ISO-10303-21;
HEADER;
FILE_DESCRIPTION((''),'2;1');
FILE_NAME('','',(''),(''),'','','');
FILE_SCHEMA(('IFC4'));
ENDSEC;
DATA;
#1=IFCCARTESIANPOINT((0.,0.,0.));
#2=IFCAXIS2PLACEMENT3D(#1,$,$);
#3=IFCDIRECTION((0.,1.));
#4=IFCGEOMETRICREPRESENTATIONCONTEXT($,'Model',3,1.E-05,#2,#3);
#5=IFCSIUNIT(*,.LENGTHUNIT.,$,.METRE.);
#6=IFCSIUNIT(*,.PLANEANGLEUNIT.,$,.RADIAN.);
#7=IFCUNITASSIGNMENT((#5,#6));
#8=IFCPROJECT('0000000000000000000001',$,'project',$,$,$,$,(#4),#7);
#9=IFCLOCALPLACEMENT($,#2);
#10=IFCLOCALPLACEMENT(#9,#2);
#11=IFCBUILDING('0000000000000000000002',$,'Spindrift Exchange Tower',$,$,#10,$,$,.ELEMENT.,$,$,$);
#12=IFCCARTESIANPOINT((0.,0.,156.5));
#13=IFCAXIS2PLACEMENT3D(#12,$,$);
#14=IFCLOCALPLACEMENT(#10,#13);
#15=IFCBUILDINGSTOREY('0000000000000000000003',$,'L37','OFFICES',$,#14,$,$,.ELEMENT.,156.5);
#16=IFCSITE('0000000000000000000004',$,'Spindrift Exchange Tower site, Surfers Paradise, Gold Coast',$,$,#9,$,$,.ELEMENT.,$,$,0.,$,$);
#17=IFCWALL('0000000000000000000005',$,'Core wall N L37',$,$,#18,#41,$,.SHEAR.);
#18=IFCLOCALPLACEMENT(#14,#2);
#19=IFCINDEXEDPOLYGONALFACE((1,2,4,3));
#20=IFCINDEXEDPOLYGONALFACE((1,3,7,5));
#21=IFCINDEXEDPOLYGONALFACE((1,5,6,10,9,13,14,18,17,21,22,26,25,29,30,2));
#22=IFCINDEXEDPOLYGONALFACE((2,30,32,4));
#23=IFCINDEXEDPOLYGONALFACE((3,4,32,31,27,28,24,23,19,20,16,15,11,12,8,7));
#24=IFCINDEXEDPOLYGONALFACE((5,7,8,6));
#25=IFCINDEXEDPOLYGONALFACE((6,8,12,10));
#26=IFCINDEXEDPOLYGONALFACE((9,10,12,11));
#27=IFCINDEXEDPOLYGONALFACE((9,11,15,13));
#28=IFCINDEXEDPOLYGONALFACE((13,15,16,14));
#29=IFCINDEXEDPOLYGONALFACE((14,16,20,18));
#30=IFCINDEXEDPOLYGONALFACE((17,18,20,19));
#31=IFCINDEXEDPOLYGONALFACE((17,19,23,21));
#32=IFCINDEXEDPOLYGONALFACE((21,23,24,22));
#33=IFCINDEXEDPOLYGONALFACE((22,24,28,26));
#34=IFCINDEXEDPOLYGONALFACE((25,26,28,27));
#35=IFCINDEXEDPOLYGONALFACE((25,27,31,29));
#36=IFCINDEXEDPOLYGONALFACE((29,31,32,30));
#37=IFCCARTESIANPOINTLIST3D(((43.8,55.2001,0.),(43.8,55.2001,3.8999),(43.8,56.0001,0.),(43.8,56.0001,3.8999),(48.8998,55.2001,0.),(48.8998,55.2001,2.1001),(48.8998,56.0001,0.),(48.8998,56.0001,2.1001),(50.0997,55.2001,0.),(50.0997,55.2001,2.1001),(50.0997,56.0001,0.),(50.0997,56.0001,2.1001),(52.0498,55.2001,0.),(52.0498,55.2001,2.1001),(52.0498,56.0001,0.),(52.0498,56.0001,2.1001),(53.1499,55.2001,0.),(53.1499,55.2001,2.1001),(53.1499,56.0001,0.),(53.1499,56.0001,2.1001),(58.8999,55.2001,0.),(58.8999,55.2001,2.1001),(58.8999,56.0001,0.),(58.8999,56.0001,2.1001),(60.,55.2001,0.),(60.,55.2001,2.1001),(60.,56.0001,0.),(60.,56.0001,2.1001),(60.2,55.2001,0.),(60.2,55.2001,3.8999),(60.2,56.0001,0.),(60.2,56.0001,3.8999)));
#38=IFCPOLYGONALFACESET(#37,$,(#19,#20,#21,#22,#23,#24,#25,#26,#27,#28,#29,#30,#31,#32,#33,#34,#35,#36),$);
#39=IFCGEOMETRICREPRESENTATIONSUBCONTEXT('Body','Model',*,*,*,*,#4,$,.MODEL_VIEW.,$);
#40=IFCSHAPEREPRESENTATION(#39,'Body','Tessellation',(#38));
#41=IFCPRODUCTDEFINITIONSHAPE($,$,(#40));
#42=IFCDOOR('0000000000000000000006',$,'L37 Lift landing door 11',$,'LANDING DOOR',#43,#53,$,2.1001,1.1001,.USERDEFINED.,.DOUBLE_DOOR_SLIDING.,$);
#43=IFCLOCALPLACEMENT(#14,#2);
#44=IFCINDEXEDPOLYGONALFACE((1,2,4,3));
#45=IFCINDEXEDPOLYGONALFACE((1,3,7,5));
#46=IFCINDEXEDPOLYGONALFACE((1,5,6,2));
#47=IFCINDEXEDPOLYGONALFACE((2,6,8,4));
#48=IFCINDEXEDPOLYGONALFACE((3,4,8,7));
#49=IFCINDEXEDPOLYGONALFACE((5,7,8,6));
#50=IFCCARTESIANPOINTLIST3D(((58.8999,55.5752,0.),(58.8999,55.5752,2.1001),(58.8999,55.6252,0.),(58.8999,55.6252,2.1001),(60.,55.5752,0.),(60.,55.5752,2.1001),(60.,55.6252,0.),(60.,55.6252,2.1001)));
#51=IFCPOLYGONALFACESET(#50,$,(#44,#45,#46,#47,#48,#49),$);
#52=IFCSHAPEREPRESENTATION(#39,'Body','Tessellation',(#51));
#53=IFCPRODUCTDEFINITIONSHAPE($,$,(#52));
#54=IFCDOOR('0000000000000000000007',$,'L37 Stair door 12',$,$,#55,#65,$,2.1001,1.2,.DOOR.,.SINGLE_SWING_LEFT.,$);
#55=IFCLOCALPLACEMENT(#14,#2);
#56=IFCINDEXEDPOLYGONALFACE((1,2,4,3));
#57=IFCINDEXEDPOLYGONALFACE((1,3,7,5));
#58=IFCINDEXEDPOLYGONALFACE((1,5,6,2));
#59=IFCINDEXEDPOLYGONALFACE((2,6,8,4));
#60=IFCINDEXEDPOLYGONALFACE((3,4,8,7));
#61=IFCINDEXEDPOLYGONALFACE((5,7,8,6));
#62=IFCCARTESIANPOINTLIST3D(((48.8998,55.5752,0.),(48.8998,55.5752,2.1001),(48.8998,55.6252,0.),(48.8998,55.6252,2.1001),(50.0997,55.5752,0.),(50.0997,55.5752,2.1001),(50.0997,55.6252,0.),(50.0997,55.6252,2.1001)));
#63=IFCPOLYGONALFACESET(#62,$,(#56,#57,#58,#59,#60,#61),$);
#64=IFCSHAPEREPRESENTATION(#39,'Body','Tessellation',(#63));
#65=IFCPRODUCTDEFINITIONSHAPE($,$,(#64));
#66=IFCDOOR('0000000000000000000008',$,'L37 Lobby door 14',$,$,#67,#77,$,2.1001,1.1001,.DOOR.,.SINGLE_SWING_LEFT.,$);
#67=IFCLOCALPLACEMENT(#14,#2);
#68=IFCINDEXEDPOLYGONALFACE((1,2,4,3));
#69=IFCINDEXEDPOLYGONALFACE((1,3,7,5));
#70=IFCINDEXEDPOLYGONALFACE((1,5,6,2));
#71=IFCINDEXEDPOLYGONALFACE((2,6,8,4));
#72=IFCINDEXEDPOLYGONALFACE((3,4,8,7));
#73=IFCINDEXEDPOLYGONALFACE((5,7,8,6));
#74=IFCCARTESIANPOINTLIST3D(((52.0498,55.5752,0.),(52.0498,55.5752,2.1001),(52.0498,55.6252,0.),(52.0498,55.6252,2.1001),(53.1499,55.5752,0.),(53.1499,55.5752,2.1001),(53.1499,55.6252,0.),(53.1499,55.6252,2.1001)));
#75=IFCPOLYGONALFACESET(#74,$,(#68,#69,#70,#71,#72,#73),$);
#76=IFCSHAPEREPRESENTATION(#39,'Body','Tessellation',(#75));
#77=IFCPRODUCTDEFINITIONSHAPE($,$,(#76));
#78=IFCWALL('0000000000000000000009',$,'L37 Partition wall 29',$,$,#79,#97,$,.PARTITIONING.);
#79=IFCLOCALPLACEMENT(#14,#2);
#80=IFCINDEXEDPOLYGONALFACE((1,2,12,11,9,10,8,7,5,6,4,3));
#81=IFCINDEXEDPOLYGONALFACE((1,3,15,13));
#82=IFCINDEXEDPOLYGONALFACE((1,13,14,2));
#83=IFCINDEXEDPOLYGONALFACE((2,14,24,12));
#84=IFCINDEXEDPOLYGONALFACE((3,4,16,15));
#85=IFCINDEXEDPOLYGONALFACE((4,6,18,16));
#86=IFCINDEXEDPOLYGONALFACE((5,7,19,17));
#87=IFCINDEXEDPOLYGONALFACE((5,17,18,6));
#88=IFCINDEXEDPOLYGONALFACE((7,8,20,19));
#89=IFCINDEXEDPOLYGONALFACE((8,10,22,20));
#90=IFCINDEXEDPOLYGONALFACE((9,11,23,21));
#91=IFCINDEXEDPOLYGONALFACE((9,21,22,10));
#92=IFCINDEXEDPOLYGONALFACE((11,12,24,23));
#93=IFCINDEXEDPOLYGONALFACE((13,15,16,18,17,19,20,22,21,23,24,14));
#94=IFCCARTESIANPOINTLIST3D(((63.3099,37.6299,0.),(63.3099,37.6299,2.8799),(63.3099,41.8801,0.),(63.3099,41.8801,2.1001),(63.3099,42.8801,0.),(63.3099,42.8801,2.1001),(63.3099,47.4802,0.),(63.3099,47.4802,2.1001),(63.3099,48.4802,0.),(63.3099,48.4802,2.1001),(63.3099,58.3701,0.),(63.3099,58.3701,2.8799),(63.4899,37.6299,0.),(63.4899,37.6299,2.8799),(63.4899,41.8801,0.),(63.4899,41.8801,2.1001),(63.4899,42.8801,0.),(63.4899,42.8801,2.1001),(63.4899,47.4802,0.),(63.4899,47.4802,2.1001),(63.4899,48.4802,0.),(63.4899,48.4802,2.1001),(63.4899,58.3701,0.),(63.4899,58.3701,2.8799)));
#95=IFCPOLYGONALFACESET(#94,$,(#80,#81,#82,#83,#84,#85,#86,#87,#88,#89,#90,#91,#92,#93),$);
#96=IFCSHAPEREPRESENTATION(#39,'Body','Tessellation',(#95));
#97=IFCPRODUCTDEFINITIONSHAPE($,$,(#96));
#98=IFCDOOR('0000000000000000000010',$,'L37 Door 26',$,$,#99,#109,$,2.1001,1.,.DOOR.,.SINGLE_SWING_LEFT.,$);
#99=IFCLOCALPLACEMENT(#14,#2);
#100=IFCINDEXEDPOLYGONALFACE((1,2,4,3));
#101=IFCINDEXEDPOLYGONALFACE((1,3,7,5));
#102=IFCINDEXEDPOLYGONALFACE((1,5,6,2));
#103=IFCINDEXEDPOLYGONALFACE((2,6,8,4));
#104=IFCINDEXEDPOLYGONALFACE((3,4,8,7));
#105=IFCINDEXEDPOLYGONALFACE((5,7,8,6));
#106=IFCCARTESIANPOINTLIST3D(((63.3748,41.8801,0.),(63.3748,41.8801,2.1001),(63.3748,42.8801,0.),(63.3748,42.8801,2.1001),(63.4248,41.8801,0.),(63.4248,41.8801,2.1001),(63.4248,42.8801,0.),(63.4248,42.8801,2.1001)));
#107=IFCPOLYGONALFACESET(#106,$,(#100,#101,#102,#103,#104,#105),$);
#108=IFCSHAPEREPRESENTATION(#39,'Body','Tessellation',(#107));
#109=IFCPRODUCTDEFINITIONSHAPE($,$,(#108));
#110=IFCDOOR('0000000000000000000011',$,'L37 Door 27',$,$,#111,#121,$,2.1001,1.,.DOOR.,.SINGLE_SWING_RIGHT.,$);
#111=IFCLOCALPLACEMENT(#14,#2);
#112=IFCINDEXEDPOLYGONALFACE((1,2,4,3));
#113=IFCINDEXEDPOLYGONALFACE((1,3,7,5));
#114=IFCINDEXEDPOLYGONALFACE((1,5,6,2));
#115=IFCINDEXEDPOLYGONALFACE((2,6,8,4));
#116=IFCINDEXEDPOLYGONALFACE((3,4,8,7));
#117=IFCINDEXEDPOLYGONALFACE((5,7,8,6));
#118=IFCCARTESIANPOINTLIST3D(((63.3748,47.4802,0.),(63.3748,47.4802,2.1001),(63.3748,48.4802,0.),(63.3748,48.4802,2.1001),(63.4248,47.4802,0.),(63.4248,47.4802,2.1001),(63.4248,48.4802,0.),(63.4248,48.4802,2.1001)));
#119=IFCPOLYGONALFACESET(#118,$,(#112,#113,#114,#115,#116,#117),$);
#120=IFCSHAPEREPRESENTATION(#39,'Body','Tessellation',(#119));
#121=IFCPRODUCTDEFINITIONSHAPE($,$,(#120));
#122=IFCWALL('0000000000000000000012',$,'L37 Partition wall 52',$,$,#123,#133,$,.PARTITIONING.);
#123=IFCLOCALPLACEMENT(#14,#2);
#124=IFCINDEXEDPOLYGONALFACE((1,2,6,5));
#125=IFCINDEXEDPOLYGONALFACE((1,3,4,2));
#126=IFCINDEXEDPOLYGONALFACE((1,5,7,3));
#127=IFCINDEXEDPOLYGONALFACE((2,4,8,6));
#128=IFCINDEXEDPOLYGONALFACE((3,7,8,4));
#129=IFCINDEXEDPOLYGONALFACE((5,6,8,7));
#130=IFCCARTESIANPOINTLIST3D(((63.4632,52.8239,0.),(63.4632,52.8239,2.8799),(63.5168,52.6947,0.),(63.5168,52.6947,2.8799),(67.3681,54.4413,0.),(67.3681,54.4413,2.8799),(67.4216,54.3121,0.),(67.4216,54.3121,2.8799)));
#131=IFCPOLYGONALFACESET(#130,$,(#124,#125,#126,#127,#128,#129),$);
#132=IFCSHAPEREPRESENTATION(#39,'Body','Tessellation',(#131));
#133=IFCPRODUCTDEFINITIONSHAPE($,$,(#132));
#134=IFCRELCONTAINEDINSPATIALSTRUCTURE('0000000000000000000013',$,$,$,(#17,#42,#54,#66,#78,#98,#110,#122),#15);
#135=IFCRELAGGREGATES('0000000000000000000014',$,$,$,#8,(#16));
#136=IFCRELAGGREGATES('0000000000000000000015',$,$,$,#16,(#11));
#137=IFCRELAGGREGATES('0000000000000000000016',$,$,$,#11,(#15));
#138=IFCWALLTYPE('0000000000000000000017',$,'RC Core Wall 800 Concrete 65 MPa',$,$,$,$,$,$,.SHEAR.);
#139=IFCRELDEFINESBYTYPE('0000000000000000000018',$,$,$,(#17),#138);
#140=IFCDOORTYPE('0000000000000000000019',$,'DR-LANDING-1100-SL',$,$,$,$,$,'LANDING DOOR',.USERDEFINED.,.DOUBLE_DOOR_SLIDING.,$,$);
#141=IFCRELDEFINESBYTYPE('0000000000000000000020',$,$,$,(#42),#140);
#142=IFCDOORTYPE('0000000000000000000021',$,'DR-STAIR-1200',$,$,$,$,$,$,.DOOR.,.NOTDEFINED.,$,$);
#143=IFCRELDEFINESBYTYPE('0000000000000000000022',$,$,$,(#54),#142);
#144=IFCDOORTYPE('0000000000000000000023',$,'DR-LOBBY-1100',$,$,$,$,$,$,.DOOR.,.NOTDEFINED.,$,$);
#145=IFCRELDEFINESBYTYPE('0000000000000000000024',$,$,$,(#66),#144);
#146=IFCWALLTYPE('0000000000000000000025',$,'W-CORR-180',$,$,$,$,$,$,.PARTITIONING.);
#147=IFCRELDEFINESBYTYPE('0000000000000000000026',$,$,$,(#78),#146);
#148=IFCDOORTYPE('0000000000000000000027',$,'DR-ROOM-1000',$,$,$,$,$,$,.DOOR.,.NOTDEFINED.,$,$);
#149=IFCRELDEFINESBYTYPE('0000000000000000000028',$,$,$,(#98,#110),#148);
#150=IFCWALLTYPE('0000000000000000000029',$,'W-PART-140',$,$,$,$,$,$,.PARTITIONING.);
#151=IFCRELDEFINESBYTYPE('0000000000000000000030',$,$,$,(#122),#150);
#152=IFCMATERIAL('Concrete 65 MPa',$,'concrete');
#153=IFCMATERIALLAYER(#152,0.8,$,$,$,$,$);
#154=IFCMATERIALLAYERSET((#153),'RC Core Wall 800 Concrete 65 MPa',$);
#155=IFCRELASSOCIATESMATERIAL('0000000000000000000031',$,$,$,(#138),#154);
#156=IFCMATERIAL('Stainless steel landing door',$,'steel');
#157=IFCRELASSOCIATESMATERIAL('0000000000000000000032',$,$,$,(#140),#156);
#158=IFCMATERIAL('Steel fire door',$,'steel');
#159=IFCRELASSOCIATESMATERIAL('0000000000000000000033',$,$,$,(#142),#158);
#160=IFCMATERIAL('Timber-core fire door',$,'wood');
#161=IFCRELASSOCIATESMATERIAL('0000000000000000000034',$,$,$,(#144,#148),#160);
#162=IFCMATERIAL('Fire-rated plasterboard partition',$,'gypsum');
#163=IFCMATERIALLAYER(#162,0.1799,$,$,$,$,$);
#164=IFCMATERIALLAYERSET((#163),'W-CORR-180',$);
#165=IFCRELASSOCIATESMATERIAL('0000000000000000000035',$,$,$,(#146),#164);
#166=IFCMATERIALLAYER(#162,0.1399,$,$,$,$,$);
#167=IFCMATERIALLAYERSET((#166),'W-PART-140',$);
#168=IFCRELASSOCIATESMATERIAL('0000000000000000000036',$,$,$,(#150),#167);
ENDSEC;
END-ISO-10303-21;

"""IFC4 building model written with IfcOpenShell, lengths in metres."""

from ifc_helpers import new_model, si_unit, direction, frame, frame_2d, origin, place, context, subcontext, project, spatial, rectangle, extrude, source, transform, mapped, material, layer, layer_set, type_object, element, fill, save


model = new_model("IFC4")

# Units and contexts
model_context = context("Model", 3, precision=1e-05, world=origin(), true_north=direction((0.0, 1.0)))
body_context = subcontext(model_context, "Body", "Model", "MODEL_VIEW")
ifc_project = project(units=[si_unit("LENGTHUNIT", "METRE"), si_unit("PLANEANGLEUNIT", "RADIAN")], contexts=[model_context])

# Site, building, storey
site_placement = place(None, origin())
site = spatial("IfcSite", under=ifc_project, at=site_placement, Name="Spindrift Exchange Tower site, Surfers Paradise, Gold Coast", CompositionType="ELEMENT", RefElevation=0.0)
building_placement = place(site_placement, origin())
building = spatial("IfcBuilding", under=site, at=building_placement, Name="Spindrift Exchange Tower", CompositionType="ELEMENT")
storey_placement = place(building_placement, frame((0.0, 0.0, 156.5)))
storey = spatial("IfcBuildingStorey", under=building, at=storey_placement, Name="L37", Description="OFFICES", CompositionType="ELEMENT", Elevation=156.5)

# Walls, openings, doors
ifc_material_1 = material(Name="Concrete 65 MPa", Category="concrete")
ifc_layer_1 = layer(ifc_material_1, 0.8)
ifc_layer_set_1 = layer_set([ifc_layer_1], Name="RC Core Wall 800 Concrete 65 MPa")
wall_type_1 = type_object("IfcWallType", Name="RC Core Wall 800 Concrete 65 MPa", PredefinedType="SHEAR", material=ifc_layer_set_1)
wall_1_placement = place(storey_placement, frame((60.2, 55.6001, 0.0), z_axis=(0.0, 0.0, 1.0), x_axis=(-1.0, 0.0, 0.0)))
wall_1 = element("IfcWall", 1, at=wall_1_placement, inside=storey, type_object=wall_type_1, Name="Core wall N L37", PredefinedType="SHEAR", context=body_context, shape_type="SweptSolid", body=[
    extrude(rectangle(XDim=16.3999, YDim=0.8, at=frame_2d((8.2, 0.0))), origin(), (0.0, 0.0, 1.0), 3.8999),
])
opening_1_placement = place(wall_1_placement, frame((0.2, 0.0, 0.0)))
opening_1 = element("IfcOpeningElement", 2, at=opening_1_placement, cuts=wall_1, PredefinedType="OPENING", context=body_context, shape_type="SweptSolid", body=[
    extrude(rectangle(XDim=1.1001, YDim=2.1001, at=frame_2d((0.55, 1.05))), frame((0.0, 0.4099, 0.0), z_axis=(0.0, -1.0, 0.0), x_axis=(1.0, 0.0, 0.0)), (0.0, 0.0, 1.0), 0.8201),
])
opening_2_placement = place(wall_1_placement, frame((10.1001, 0.0, 0.0)))
opening_2 = element("IfcOpeningElement", 3, at=opening_2_placement, cuts=wall_1, PredefinedType="OPENING", context=body_context, shape_type="SweptSolid", body=[
    extrude(rectangle(XDim=1.2, YDim=2.1001, at=frame_2d((0.6001, 1.05))), frame((0.0, 0.4099, 0.0), z_axis=(0.0, -1.0, 0.0), x_axis=(1.0, 0.0, 0.0)), (0.0, 0.0, 1.0), 0.8201),
])
opening_3_placement = place(wall_1_placement, frame((7.05, 0.0, 0.0)))
opening_3 = element("IfcOpeningElement", 4, at=opening_3_placement, cuts=wall_1, PredefinedType="OPENING", context=body_context, shape_type="SweptSolid", body=[
    extrude(rectangle(XDim=1.1001, YDim=2.1001, at=frame_2d((0.55, 1.05))), frame((0.0, 0.4099, 0.0), z_axis=(0.0, -1.0, 0.0), x_axis=(1.0, 0.0, 0.0)), (0.0, 0.0, 1.0), 0.8201),
])
ifc_material_2 = material(Name="Stainless steel landing door", Category="steel")
door_type_1 = type_object("IfcDoorType", Name="DR-LANDING-1100-SL", ElementType="LANDING DOOR", OperationType="DOUBLE_DOOR_SLIDING", PredefinedType="USERDEFINED", material=ifc_material_2)
shared_shape_1 = source(origin(), body_context, "Body", "SweptSolid", [
    extrude(rectangle(XDim=1.1001, YDim=2.1001, at=frame_2d((0.55, 1.05))), frame((0.0, 0.0249, 0.0), z_axis=(0.0, -1.0, 0.0), x_axis=(1.0, 0.0, 0.0)), (0.0, 0.0, 1.0), 0.05),
])
door_1_placement = place(opening_1_placement, origin())
door_1 = element("IfcDoor", 5, at=door_1_placement, inside=storey, type_object=door_type_1, Name="L37 Lift landing door 11", ObjectType="LANDING DOOR", OperationType="DOUBLE_DOOR_SLIDING", OverallHeight=2.1001, OverallWidth=1.1001, PredefinedType="USERDEFINED", context=body_context, shape_type="MappedRepresentation", body=[
    mapped(shared_shape_1, transform((0.0, 0.0, 0.0), scale=1.0)),
])
fill(opening_1, door_1)
ifc_material_3 = material(Name="Steel fire door", Category="steel")
door_type_2 = type_object("IfcDoorType", Name="DR-STAIR-1200", OperationType="NOTDEFINED", PredefinedType="DOOR", material=ifc_material_3)
shared_shape_2 = source(origin(), body_context, "Body", "SweptSolid", [
    extrude(rectangle(XDim=1.2, YDim=2.1001, at=frame_2d((0.6001, 1.05))), frame((0.0, 0.0249, 0.0), z_axis=(0.0, -1.0, 0.0), x_axis=(1.0, 0.0, 0.0)), (0.0, 0.0, 1.0), 0.05),
])
door_2_placement = place(opening_2_placement, origin())
door_2 = element("IfcDoor", 6, at=door_2_placement, inside=storey, type_object=door_type_2, Name="L37 Stair door 12", OperationType="SINGLE_SWING_LEFT", OverallHeight=2.1001, OverallWidth=1.2, PredefinedType="DOOR", context=body_context, shape_type="MappedRepresentation", body=[
    mapped(shared_shape_2, transform((0.0, 0.0, 0.0), scale=1.0)),
])
fill(opening_2, door_2)
ifc_material_4 = material(Name="Timber-core fire door", Category="wood")
door_type_3 = type_object("IfcDoorType", Name="DR-LOBBY-1100", OperationType="NOTDEFINED", PredefinedType="DOOR", material=ifc_material_4)
shared_shape_3 = source(origin(), body_context, "Body", "SweptSolid", [
    extrude(rectangle(XDim=1.1001, YDim=2.1001, at=frame_2d((0.55, 1.05))), frame((0.0, 0.0249, 0.0), z_axis=(0.0, -1.0, 0.0), x_axis=(1.0, 0.0, 0.0)), (0.0, 0.0, 1.0), 0.05),
])
door_3_placement = place(opening_3_placement, origin())
door_3 = element("IfcDoor", 7, at=door_3_placement, inside=storey, type_object=door_type_3, Name="L37 Lobby door 14", OperationType="SINGLE_SWING_LEFT", OverallHeight=2.1001, OverallWidth=1.1001, PredefinedType="DOOR", context=body_context, shape_type="MappedRepresentation", body=[
    mapped(shared_shape_3, transform((0.0, 0.0, 0.0), scale=1.0)),
])
fill(opening_3, door_3)
ifc_material_5 = material(Name="Fire-rated plasterboard partition", Category="gypsum")
ifc_layer_2 = layer(ifc_material_5, 0.1799)
ifc_layer_set_2 = layer_set([ifc_layer_2], Name="W-CORR-180")
wall_type_2 = type_object("IfcWallType", Name="W-CORR-180", PredefinedType="PARTITIONING", material=ifc_layer_set_2)
wall_2_placement = place(storey_placement, frame((63.3999, 58.3701, 0.0), z_axis=(0.0, 0.0, 1.0), x_axis=(0.0, -1.0, 0.0)))
wall_2 = element("IfcWall", 8, at=wall_2_placement, inside=storey, type_object=wall_type_2, Name="L37 Partition wall 29", PredefinedType="PARTITIONING", context=body_context, shape_type="SweptSolid", body=[
    extrude(rectangle(XDim=20.7402, YDim=0.1799, at=frame_2d((10.3701, 0.0))), origin(), (0.0, 0.0, 1.0), 2.8799),
])
opening_4_placement = place(wall_2_placement, frame((15.49, 0.0, 0.0)))
opening_4 = element("IfcOpeningElement", 9, at=opening_4_placement, cuts=wall_2, PredefinedType="OPENING", context=body_context, shape_type="SweptSolid", body=[
    extrude(rectangle(XDim=1.0, YDim=2.1001, at=frame_2d((0.5, 1.05))), frame((0.0, 0.0999, 0.0), z_axis=(0.0, -1.0, 0.0), x_axis=(1.0, 0.0, 0.0)), (0.0, 0.0, 1.0), 0.2),
])
opening_5_placement = place(wall_2_placement, frame((9.8899, 0.0, 0.0)))
opening_5 = element("IfcOpeningElement", 10, at=opening_5_placement, cuts=wall_2, PredefinedType="OPENING", context=body_context, shape_type="SweptSolid", body=[
    extrude(rectangle(XDim=1.0, YDim=2.1001, at=frame_2d((0.5, 1.05))), frame((0.0, 0.0999, 0.0), z_axis=(0.0, -1.0, 0.0), x_axis=(1.0, 0.0, 0.0)), (0.0, 0.0, 1.0), 0.2),
])
door_type_4 = type_object("IfcDoorType", Name="DR-ROOM-1000", OperationType="NOTDEFINED", PredefinedType="DOOR", material=ifc_material_4)
shared_shape_4 = source(origin(), body_context, "Body", "SweptSolid", [
    extrude(rectangle(XDim=1.0, YDim=2.1001, at=frame_2d((0.5, 1.05))), frame((0.0, 0.0249, 0.0), z_axis=(0.0, -1.0, 0.0), x_axis=(1.0, 0.0, 0.0)), (0.0, 0.0, 1.0), 0.05),
])
door_4_placement = place(opening_4_placement, origin())
door_4 = element("IfcDoor", 11, at=door_4_placement, inside=storey, type_object=door_type_4, Name="L37 Door 26", OperationType="SINGLE_SWING_LEFT", OverallHeight=2.1001, OverallWidth=1.0, PredefinedType="DOOR", context=body_context, shape_type="MappedRepresentation", body=[
    mapped(shared_shape_4, transform((0.0, 0.0, 0.0), scale=1.0)),
])
fill(opening_4, door_4)
door_5_placement = place(opening_5_placement, origin())
door_5 = element("IfcDoor", 12, at=door_5_placement, inside=storey, type_object=door_type_4, Name="L37 Door 27", OperationType="SINGLE_SWING_RIGHT", OverallHeight=2.1001, OverallWidth=1.0, PredefinedType="DOOR", context=body_context, shape_type="MappedRepresentation", body=[
    mapped(shared_shape_4, transform((0.0, 0.0, 0.0), scale=1.0)),
])
fill(opening_5, door_5)

# Wall
ifc_layer_3 = layer(ifc_material_5, 0.1399)
ifc_layer_set_3 = layer_set([ifc_layer_3], Name="W-PART-140")
wall_type_3 = type_object("IfcWallType", Name="W-PART-140", PredefinedType="PARTITIONING", material=ifc_layer_set_3)
wall_3_placement = place(storey_placement, frame((63.49, 52.7593, 0.0), z_axis=(0.0, 0.0, 1.0), x_axis=(0.923878, 0.382687, 0.0)))
element("IfcWall", 13, at=wall_3_placement, inside=storey, type_object=wall_type_3, Name="L37 Partition wall 52", PredefinedType="PARTITIONING", context=body_context, shape_type="SweptSolid", body=[
    extrude(rectangle(XDim=4.2266, YDim=0.1399, at=frame_2d((2.1133, 0.0))), origin(), (0.0, 0.0, 1.0), 2.8799),
])

save(model, "model.ifc")
